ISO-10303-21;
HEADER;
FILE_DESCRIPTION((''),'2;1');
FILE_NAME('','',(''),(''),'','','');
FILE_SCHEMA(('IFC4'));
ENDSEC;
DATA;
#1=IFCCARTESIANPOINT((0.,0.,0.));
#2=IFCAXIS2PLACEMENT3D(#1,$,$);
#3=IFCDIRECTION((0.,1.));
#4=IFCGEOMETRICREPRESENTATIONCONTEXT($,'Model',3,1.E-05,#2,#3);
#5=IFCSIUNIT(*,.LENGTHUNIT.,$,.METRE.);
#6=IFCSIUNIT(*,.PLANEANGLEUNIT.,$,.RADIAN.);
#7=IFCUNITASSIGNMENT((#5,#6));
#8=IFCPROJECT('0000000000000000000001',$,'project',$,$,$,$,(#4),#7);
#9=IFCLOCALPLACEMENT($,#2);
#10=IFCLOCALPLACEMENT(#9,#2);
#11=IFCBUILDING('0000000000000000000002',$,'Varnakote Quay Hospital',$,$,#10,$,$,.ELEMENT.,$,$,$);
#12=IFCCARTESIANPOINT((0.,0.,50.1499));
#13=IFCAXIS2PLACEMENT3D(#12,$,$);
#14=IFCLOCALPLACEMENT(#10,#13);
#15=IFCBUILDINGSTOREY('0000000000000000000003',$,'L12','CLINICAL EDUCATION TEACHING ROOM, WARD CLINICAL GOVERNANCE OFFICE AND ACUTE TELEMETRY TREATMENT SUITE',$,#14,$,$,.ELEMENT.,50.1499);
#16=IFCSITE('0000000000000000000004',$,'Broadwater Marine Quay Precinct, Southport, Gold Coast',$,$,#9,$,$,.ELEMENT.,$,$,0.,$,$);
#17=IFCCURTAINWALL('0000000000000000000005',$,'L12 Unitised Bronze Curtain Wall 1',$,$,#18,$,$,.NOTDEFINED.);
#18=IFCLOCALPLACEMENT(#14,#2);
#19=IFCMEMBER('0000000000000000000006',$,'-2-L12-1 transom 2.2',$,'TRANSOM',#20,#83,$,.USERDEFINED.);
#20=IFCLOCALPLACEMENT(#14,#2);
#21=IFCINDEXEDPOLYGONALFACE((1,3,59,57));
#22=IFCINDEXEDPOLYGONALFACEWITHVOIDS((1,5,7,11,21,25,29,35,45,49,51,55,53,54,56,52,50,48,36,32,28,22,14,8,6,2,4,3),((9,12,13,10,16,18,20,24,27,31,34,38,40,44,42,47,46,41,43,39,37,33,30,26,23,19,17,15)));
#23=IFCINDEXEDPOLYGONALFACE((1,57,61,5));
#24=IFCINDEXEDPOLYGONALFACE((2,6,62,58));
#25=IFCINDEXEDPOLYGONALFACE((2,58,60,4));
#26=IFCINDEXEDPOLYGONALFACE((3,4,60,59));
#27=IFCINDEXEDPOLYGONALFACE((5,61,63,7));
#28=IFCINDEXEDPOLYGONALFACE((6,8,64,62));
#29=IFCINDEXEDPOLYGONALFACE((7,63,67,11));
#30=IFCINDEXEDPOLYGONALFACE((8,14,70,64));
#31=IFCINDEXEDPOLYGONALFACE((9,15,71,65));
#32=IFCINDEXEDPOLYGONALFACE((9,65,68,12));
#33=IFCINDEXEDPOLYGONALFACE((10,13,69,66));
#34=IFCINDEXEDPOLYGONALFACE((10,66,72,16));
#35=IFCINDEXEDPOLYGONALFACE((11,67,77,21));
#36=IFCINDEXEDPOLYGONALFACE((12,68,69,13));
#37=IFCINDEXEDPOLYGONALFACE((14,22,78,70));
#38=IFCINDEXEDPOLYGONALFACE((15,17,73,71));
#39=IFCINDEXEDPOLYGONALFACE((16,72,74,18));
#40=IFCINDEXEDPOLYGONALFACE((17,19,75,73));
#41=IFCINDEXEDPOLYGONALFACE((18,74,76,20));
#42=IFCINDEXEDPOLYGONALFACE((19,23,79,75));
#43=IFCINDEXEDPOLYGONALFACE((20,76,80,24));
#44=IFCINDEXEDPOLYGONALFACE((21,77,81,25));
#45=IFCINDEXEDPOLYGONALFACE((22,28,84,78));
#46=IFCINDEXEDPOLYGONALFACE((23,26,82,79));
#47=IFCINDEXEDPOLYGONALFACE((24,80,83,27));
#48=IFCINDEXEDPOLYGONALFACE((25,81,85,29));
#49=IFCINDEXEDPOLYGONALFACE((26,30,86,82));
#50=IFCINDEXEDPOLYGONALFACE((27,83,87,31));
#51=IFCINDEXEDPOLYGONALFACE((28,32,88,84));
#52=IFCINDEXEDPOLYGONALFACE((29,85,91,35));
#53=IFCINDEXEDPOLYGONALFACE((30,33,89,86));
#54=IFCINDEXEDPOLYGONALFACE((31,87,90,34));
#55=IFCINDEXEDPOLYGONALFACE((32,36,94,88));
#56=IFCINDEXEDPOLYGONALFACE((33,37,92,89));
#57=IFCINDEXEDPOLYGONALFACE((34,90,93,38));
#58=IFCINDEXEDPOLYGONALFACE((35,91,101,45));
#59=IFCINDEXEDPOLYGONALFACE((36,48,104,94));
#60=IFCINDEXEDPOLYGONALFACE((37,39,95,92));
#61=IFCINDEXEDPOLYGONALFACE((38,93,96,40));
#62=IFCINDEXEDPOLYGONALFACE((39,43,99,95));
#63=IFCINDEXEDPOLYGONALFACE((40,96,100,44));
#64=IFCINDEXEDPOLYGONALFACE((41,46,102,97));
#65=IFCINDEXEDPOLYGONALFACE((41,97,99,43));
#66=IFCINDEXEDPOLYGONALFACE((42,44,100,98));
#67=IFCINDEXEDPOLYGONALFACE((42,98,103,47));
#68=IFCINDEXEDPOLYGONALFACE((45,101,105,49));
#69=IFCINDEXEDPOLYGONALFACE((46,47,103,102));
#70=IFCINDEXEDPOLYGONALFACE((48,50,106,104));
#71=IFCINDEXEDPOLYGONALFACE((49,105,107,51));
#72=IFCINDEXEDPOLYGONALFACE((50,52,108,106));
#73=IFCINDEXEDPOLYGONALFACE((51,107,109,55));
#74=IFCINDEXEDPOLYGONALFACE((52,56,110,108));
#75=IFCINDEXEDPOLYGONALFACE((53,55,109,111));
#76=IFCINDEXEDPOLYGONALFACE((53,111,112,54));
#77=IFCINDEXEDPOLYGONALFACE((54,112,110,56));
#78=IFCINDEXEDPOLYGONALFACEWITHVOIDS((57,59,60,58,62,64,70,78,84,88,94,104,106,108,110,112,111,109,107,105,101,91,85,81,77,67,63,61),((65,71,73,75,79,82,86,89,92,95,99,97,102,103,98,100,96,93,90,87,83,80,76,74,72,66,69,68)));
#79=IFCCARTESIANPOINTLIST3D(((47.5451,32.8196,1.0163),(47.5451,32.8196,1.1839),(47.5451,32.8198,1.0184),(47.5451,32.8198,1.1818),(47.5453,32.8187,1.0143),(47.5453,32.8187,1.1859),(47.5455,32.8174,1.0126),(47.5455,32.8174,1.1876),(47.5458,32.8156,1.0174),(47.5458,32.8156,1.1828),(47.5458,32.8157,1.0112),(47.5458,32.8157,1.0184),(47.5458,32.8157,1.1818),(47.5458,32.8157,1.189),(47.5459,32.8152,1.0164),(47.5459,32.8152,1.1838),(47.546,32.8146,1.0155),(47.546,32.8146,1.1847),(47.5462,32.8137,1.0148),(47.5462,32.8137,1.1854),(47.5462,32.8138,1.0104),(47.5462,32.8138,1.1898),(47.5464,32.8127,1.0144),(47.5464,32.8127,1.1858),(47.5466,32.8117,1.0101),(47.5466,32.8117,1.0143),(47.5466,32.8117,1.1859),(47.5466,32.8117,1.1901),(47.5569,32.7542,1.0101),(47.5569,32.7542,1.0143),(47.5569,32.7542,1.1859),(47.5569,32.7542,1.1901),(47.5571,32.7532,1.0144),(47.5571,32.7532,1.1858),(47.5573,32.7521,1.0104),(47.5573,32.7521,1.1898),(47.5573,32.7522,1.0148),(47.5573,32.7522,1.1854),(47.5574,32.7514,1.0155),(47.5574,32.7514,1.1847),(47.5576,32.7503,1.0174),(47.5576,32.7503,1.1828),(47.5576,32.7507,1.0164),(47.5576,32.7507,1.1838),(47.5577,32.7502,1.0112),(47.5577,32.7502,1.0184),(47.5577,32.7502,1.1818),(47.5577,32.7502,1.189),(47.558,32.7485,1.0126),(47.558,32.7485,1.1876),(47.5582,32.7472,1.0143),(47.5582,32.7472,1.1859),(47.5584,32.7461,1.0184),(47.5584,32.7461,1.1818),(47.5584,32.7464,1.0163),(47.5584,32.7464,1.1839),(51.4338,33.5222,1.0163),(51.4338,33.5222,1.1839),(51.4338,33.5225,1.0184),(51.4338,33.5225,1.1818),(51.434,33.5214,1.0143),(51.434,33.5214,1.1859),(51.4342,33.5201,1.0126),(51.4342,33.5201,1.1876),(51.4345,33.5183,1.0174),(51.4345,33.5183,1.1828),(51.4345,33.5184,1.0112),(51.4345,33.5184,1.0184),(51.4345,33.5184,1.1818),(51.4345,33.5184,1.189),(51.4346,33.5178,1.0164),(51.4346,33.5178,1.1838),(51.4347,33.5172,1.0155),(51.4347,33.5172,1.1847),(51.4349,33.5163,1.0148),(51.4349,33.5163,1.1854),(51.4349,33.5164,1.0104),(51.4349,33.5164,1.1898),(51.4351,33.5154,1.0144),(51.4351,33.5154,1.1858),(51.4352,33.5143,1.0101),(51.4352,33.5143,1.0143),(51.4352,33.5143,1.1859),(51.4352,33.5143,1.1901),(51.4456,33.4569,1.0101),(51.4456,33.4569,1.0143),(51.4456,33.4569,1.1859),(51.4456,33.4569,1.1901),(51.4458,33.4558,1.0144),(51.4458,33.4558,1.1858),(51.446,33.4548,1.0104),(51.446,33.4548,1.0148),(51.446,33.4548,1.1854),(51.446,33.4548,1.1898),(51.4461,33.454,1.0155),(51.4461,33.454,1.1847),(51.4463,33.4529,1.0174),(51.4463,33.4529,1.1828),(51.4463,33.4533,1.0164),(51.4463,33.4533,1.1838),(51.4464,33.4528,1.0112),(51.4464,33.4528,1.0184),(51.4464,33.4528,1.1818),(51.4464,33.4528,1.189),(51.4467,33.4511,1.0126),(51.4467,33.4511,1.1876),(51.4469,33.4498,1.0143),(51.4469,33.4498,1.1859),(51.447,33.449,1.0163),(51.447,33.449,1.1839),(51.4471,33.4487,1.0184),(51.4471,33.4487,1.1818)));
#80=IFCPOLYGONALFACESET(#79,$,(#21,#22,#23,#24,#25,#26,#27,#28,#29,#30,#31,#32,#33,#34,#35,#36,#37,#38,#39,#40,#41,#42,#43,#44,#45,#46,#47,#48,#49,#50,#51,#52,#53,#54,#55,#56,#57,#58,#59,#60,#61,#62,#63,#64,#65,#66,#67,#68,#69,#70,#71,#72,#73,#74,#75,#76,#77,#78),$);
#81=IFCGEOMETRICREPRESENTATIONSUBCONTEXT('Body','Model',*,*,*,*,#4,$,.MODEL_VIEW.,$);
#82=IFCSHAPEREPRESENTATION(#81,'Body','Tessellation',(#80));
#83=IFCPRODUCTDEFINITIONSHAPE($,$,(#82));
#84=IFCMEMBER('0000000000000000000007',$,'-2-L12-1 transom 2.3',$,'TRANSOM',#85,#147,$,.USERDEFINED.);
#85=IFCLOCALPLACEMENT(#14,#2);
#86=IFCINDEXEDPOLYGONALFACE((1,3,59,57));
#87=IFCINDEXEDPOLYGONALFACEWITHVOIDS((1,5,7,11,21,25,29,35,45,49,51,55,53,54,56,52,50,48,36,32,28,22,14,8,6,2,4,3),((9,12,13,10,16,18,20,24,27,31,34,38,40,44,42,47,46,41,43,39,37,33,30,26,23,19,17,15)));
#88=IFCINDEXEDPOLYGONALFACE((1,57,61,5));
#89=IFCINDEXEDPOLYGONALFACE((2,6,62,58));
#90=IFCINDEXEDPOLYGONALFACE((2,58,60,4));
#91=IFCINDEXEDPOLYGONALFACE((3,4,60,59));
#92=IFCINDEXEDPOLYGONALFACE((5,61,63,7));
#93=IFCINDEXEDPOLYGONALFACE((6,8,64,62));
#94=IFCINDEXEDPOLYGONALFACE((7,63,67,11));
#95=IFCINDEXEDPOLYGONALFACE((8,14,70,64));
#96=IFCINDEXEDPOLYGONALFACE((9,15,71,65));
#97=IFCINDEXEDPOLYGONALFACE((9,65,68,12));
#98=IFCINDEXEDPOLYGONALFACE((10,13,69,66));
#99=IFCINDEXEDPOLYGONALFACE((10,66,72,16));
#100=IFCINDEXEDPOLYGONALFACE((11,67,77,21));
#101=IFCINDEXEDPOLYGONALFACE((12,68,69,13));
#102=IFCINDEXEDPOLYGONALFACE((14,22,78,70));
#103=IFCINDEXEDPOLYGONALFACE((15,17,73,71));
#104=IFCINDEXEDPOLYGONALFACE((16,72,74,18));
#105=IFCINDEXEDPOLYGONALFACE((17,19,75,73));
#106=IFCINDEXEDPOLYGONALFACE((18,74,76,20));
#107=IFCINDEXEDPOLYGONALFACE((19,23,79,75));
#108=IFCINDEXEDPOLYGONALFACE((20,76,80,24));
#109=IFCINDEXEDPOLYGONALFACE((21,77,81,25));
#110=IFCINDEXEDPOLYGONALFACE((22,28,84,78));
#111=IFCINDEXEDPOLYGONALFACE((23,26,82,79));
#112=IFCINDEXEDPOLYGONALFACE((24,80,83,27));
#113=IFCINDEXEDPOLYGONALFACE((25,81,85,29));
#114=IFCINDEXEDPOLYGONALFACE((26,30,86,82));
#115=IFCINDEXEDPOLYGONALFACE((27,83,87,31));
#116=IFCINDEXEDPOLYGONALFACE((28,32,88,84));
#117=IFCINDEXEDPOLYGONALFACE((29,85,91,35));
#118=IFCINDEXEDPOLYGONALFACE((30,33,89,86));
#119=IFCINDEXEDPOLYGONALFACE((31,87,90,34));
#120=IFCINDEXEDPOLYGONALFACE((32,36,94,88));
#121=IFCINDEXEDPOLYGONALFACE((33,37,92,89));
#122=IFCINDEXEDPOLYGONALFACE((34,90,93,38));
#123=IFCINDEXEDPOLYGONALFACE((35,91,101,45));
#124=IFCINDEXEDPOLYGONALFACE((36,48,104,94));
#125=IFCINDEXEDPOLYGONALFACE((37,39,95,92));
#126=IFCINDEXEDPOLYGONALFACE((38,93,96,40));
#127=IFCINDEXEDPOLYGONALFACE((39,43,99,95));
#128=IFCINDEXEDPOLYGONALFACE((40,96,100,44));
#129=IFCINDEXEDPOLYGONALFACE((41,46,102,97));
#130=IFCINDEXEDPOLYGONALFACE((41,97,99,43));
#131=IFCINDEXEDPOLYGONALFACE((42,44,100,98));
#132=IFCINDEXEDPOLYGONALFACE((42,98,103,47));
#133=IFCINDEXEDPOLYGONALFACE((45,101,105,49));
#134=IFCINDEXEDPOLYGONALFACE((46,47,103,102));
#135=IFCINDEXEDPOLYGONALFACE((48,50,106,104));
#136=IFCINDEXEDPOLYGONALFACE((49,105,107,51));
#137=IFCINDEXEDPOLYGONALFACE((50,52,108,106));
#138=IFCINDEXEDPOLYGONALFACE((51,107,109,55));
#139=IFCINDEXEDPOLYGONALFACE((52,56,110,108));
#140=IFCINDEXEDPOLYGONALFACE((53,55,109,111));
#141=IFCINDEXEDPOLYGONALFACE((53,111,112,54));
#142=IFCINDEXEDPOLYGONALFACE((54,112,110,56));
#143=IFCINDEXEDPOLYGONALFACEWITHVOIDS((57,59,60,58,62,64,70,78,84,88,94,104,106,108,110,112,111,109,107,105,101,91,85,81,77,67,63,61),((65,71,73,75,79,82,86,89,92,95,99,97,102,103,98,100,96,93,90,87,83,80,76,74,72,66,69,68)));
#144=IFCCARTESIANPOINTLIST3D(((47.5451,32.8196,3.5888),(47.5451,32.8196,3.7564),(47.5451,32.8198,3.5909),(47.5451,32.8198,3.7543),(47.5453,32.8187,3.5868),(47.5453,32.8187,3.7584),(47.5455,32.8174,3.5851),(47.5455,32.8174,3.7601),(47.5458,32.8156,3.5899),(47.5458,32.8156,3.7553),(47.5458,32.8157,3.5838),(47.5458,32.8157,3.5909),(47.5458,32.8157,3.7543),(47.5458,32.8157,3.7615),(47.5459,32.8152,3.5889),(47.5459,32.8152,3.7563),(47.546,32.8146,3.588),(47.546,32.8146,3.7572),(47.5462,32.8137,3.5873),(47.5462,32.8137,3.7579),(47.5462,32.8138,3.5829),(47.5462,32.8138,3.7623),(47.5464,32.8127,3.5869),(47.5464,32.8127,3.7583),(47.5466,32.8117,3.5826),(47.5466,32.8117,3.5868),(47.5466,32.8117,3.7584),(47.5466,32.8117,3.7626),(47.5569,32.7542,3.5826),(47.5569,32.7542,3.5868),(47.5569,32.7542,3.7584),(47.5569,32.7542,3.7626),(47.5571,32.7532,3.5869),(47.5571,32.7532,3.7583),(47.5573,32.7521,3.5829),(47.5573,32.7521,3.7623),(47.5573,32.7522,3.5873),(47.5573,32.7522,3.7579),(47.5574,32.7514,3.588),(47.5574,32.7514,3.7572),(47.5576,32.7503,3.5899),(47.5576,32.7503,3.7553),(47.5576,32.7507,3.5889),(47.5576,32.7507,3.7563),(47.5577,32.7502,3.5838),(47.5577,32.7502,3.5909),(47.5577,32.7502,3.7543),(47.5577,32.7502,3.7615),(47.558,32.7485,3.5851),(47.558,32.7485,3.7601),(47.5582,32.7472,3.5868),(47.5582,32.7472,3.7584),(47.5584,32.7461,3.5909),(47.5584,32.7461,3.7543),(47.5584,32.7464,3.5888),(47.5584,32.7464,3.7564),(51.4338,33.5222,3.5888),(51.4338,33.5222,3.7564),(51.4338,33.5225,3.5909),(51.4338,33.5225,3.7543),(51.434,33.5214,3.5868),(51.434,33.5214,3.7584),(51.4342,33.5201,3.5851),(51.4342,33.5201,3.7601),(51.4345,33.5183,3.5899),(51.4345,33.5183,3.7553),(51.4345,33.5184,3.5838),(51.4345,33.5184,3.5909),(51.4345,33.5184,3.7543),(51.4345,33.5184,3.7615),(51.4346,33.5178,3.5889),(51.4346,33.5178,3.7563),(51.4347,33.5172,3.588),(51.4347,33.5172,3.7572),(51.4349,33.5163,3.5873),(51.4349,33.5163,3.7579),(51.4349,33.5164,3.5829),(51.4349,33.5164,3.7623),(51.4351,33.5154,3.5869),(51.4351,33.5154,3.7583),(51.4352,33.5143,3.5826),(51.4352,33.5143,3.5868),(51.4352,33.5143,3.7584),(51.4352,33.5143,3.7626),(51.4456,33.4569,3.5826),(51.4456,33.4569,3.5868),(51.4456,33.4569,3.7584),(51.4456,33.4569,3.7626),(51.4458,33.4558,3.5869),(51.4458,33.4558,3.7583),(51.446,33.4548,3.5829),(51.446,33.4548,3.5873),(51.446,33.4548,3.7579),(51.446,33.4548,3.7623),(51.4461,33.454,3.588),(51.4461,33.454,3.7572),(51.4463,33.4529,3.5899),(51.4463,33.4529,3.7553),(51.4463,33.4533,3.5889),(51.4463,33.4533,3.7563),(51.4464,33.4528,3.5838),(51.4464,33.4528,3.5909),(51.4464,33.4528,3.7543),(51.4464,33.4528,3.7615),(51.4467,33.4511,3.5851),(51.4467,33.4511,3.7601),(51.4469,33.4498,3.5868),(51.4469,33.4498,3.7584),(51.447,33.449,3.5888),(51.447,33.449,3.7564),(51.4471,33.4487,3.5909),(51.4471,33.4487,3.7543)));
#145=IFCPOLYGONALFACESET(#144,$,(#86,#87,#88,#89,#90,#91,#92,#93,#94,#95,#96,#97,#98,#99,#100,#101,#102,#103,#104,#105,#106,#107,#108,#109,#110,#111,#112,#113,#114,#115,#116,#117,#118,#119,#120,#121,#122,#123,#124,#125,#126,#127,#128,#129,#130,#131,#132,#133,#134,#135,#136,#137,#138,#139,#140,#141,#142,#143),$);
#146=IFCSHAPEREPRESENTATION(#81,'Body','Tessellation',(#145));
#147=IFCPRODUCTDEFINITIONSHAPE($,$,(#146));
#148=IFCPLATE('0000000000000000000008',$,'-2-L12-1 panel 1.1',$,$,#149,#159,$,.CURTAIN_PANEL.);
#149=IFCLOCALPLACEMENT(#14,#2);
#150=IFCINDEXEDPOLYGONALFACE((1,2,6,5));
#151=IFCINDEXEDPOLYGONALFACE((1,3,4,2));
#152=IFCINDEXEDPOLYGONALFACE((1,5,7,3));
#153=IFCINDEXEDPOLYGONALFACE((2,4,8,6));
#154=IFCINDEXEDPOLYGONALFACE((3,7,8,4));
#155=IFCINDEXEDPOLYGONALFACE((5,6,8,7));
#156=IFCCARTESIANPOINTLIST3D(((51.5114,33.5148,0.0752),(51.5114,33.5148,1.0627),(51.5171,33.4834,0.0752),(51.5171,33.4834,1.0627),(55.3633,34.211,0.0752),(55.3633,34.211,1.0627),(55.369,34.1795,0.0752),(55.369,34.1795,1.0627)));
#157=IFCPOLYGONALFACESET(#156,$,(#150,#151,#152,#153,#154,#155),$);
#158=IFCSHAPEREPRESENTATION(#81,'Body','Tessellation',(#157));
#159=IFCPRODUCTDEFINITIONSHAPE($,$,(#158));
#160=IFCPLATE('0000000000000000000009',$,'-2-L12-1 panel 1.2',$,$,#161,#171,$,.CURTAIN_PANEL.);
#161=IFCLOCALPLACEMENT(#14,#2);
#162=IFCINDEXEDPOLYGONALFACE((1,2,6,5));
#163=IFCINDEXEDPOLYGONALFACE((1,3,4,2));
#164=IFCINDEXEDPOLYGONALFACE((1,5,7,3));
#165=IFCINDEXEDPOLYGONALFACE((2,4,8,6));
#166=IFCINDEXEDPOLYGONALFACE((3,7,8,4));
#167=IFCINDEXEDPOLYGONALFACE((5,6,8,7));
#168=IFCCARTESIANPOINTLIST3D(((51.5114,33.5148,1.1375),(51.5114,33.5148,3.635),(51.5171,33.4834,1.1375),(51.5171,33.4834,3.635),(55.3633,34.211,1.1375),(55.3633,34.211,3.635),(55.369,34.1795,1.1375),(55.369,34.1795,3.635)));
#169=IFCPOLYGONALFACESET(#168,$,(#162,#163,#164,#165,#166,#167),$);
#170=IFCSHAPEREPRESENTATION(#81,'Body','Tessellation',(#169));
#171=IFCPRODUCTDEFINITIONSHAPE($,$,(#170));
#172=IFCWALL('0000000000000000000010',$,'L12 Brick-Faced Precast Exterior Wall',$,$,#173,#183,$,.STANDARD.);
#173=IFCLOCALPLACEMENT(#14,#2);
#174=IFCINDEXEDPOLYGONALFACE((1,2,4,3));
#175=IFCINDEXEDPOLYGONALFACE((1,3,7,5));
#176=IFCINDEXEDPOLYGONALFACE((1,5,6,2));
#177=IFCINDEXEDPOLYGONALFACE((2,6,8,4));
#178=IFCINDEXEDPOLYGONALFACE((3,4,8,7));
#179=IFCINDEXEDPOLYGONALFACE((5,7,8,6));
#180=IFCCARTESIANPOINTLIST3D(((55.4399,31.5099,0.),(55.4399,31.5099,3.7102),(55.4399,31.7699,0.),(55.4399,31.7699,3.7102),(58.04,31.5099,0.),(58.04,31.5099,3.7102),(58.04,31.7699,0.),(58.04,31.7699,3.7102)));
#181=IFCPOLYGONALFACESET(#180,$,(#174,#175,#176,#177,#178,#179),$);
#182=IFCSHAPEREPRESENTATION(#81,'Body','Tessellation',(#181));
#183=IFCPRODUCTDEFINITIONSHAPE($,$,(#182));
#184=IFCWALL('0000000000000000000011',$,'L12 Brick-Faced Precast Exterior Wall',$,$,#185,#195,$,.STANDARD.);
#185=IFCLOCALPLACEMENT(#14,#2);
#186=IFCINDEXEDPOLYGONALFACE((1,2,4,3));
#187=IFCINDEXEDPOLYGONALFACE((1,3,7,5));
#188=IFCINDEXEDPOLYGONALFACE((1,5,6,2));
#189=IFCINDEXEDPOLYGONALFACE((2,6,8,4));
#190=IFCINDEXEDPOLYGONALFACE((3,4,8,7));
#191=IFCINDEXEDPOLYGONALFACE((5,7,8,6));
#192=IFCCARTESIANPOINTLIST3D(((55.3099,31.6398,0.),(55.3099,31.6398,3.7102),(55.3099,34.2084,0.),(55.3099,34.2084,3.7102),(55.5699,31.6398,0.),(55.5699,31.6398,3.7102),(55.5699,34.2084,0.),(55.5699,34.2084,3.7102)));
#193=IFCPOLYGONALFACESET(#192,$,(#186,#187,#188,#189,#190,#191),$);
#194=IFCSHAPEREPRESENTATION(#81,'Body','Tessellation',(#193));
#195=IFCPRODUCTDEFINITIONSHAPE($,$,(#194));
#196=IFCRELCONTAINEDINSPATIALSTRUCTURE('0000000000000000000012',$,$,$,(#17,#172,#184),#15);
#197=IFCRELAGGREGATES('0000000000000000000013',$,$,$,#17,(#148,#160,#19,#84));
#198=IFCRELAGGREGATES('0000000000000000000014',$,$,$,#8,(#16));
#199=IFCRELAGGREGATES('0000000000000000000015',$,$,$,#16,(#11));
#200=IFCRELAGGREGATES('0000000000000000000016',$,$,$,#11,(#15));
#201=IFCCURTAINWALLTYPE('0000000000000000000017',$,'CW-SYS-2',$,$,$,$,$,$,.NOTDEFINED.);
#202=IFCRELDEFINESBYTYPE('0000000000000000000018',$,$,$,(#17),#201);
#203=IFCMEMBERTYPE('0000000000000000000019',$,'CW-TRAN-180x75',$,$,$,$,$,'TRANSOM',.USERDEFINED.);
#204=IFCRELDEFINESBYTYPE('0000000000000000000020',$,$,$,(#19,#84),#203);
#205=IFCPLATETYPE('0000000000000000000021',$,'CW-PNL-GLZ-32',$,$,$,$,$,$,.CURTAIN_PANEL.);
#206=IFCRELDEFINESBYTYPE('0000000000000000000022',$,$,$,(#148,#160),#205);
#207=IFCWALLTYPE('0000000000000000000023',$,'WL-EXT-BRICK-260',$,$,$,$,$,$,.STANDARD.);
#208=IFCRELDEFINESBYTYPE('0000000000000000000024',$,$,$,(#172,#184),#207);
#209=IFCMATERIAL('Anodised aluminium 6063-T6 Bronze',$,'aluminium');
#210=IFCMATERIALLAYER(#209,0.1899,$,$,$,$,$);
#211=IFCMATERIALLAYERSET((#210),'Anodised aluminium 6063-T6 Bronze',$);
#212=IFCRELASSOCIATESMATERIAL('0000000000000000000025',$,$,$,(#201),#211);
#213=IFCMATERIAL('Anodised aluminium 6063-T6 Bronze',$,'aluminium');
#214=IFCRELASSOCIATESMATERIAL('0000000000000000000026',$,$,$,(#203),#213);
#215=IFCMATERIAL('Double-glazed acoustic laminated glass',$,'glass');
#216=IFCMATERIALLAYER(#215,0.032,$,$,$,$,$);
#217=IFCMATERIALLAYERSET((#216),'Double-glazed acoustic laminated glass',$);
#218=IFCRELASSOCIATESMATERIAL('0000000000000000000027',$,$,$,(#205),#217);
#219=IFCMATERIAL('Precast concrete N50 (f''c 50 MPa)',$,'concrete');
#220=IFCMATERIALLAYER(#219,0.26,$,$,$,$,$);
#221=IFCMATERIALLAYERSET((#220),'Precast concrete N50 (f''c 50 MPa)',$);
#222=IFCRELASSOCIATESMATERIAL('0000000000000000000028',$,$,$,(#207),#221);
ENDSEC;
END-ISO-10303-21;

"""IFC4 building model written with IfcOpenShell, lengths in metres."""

from ifc_helpers import new_model, si_unit, direction, frame, frame_2d, origin, origin_2d, place, context, subcontext, project, spatial, rectangle, hollow_rectangle, extrude, material, layer, layer_set, material_profile, profile_set, type_object, element, aggregate, save


model = new_model("IFC4")

# Units and contexts
model_context = context("Model", 3, precision=1e-05, world=origin(), true_north=direction((0.0, 1.0)))
body_context = subcontext(model_context, "Body", "Model", "MODEL_VIEW")
ifc_project = project(units=[si_unit("LENGTHUNIT", "METRE"), si_unit("PLANEANGLEUNIT", "RADIAN")], contexts=[model_context])

# Site, building, storey
site_placement = place(None, origin())
site = spatial("IfcSite", under=ifc_project, at=site_placement, Name="Broadwater Marine Quay Precinct, Southport, Gold Coast", CompositionType="ELEMENT", RefElevation=0.0)
building_placement = place(site_placement, origin())
building = spatial("IfcBuilding", under=site, at=building_placement, Name="Varnakote Quay Hospital", CompositionType="ELEMENT")
storey_placement = place(building_placement, frame((0.0, 0.0, 50.1499)))
storey = spatial("IfcBuildingStorey", under=building, at=storey_placement, Name="L12", Description="CLINICAL EDUCATION TEACHING ROOM, WARD CLINICAL GOVERNANCE OFFICE AND ACUTE TELEMETRY TREATMENT SUITE", CompositionType="ELEMENT", Elevation=50.1499)

# Curtain wall, members, plates
ifc_material_1 = material(Name="Anodised aluminium 6063-T6 Bronze", Category="aluminium")
ifc_layer_1 = layer(ifc_material_1, 0.1899)
ifc_layer_set_1 = layer_set([ifc_layer_1], Name="Anodised aluminium 6063-T6 Bronze")
curtain_wall_type = type_object("IfcCurtainWallType", Name="CW-SYS-2", PredefinedType="NOTDEFINED", material=ifc_layer_set_1)
curtain_wall_placement = place(storey_placement, origin())
curtain_wall = element("IfcCurtainWall", 1, at=curtain_wall_placement, inside=storey, type_object=curtain_wall_type, Name="L12 Unitised Bronze Curtain Wall 1", PredefinedType="NOTDEFINED")
ifc_material_2 = material(Name="Anodised aluminium 6063-T6 Bronze", Category="aluminium")
ifc_material_profile_1 = material_profile(ifc_material_2, hollow_rectangle(XDim=0.075, YDim=0.1799, WallThickness=0.0042, InnerFilletRadius=0.0042, OuterFilletRadius=0.0083, at=origin_2d()), Name="CW-TRAN-180x75")
ifc_profile_set_1 = profile_set([ifc_material_profile_1], Name="Anodised aluminium 6063-T6 Bronze")
member_type_1 = type_object("IfcMemberType", Name="CW-TRAN-180x75", ElementType="TRANSOM", PredefinedType="USERDEFINED", material=ifc_profile_set_1)
member_1_placement = place(storey_placement, frame((51.4404, 33.4856, 1.1001), z_axis=(-0.984065, -0.177809, 0.0), x_axis=(0.177809, -0.984065, 0.0)))
member_1 = element("IfcMember", 2, at=member_1_placement, type_object=member_type_1, Name="-2-L12-1 transom 2.2", ObjectType="TRANSOM", PredefinedType="USERDEFINED", context=body_context, shape_type="SweptSolid", body=[
    extrude(hollow_rectangle(XDim=0.075, YDim=0.1799, WallThickness=0.0042, InnerFilletRadius=0.0042, OuterFilletRadius=0.0083, at=origin_2d()), origin(), (0.0, 0.0, 1.0), 3.9517),
])
member_2_placement = place(storey_placement, frame((51.4404, 33.4856, 3.6726), z_axis=(-0.984065, -0.177809, 0.0), x_axis=(0.177809, -0.984065, 0.0)))
member_2 = element("IfcMember", 3, at=member_2_placement, type_object=member_type_1, Name="-2-L12-1 transom 2.3", ObjectType="TRANSOM", PredefinedType="USERDEFINED", context=body_context, shape_type="SweptSolid", body=[
    extrude(hollow_rectangle(XDim=0.075, YDim=0.1799, WallThickness=0.0042, InnerFilletRadius=0.0042, OuterFilletRadius=0.0083, at=origin_2d()), origin(), (0.0, 0.0, 1.0), 3.9517),
])
ifc_material_3 = material(Name="Double-glazed acoustic laminated glass", Category="glass")
ifc_layer_2 = layer(ifc_material_3, 0.032)
ifc_layer_set_2 = layer_set([ifc_layer_2], Name="Double-glazed acoustic laminated glass")
plate_type = type_object("IfcPlateType", Name="CW-PNL-GLZ-32", PredefinedType="CURTAIN_PANEL", material=ifc_layer_set_2)
plate_1_placement = place(storey_placement, frame((53.4402, 33.8472, 0.0752), z_axis=(0.0, 0.0, 1.0), x_axis=(-0.984058, -0.177846, 0.0)))
plate_1 = element("IfcPlate", 4, at=plate_1_placement, type_object=plate_type, Name="-2-L12-1 panel 1.1", PredefinedType="CURTAIN_PANEL", context=body_context, shape_type="SweptSolid", body=[
    extrude(rectangle(XDim=3.9143, YDim=0.032, at=origin_2d()), origin(), (0.0, 0.0, 1.0), 0.9875),
])
plate_2_placement = place(storey_placement, frame((53.4402, 33.8472, 1.1375), z_axis=(0.0, 0.0, 1.0), x_axis=(-0.984058, -0.177846, 0.0)))
plate_2 = element("IfcPlate", 5, at=plate_2_placement, type_object=plate_type, Name="-2-L12-1 panel 1.2", PredefinedType="CURTAIN_PANEL", context=body_context, shape_type="SweptSolid", body=[
    extrude(rectangle(XDim=3.9143, YDim=0.032, at=origin_2d()), origin(), (0.0, 0.0, 1.0), 2.4976),
])
aggregate(curtain_wall, [plate_1, plate_2, member_1, member_2])

# Walls
ifc_material_4 = material(Name="Precast concrete N50 (f'c 50 MPa)", Category="concrete")
ifc_layer_3 = layer(ifc_material_4, 0.26)
ifc_layer_set_3 = layer_set([ifc_layer_3], Name="Precast concrete N50 (f'c 50 MPa)")
wall_type_1 = type_object("IfcWallType", Name="WL-EXT-BRICK-260", PredefinedType="STANDARD", material=ifc_layer_set_3)
wall_1_placement = place(storey_placement, frame((58.04, 31.6399, 0.0), z_axis=(0.0, 0.0, 1.0), x_axis=(-1.0, 0.0, 0.0)))
element("IfcWall", 6, at=wall_1_placement, inside=storey, type_object=wall_type_1, Name="L12 Brick-Faced Precast Exterior Wall", PredefinedType="STANDARD", context=body_context, shape_type="SweptSolid", body=[
    extrude(rectangle(XDim=2.6001, YDim=0.26, at=frame_2d((1.3, 0.0))), origin(), (0.0, 0.0, 1.0), 3.7102),
])
wall_2_placement = place(storey_placement, frame((55.4399, 31.6399, 0.0), z_axis=(0.0, 0.0, 1.0), x_axis=(0.0, 1.0, 0.0)))
element("IfcWall", 7, at=wall_2_placement, inside=storey, type_object=wall_type_1, Name="L12 Brick-Faced Precast Exterior Wall", PredefinedType="STANDARD", context=body_context, shape_type="SweptSolid", body=[
    extrude(rectangle(XDim=2.5686, YDim=0.26, at=frame_2d((1.2842, 0.0))), origin(), (0.0, 0.0, 1.0), 3.7102),
])

save(model, "model.ifc")
